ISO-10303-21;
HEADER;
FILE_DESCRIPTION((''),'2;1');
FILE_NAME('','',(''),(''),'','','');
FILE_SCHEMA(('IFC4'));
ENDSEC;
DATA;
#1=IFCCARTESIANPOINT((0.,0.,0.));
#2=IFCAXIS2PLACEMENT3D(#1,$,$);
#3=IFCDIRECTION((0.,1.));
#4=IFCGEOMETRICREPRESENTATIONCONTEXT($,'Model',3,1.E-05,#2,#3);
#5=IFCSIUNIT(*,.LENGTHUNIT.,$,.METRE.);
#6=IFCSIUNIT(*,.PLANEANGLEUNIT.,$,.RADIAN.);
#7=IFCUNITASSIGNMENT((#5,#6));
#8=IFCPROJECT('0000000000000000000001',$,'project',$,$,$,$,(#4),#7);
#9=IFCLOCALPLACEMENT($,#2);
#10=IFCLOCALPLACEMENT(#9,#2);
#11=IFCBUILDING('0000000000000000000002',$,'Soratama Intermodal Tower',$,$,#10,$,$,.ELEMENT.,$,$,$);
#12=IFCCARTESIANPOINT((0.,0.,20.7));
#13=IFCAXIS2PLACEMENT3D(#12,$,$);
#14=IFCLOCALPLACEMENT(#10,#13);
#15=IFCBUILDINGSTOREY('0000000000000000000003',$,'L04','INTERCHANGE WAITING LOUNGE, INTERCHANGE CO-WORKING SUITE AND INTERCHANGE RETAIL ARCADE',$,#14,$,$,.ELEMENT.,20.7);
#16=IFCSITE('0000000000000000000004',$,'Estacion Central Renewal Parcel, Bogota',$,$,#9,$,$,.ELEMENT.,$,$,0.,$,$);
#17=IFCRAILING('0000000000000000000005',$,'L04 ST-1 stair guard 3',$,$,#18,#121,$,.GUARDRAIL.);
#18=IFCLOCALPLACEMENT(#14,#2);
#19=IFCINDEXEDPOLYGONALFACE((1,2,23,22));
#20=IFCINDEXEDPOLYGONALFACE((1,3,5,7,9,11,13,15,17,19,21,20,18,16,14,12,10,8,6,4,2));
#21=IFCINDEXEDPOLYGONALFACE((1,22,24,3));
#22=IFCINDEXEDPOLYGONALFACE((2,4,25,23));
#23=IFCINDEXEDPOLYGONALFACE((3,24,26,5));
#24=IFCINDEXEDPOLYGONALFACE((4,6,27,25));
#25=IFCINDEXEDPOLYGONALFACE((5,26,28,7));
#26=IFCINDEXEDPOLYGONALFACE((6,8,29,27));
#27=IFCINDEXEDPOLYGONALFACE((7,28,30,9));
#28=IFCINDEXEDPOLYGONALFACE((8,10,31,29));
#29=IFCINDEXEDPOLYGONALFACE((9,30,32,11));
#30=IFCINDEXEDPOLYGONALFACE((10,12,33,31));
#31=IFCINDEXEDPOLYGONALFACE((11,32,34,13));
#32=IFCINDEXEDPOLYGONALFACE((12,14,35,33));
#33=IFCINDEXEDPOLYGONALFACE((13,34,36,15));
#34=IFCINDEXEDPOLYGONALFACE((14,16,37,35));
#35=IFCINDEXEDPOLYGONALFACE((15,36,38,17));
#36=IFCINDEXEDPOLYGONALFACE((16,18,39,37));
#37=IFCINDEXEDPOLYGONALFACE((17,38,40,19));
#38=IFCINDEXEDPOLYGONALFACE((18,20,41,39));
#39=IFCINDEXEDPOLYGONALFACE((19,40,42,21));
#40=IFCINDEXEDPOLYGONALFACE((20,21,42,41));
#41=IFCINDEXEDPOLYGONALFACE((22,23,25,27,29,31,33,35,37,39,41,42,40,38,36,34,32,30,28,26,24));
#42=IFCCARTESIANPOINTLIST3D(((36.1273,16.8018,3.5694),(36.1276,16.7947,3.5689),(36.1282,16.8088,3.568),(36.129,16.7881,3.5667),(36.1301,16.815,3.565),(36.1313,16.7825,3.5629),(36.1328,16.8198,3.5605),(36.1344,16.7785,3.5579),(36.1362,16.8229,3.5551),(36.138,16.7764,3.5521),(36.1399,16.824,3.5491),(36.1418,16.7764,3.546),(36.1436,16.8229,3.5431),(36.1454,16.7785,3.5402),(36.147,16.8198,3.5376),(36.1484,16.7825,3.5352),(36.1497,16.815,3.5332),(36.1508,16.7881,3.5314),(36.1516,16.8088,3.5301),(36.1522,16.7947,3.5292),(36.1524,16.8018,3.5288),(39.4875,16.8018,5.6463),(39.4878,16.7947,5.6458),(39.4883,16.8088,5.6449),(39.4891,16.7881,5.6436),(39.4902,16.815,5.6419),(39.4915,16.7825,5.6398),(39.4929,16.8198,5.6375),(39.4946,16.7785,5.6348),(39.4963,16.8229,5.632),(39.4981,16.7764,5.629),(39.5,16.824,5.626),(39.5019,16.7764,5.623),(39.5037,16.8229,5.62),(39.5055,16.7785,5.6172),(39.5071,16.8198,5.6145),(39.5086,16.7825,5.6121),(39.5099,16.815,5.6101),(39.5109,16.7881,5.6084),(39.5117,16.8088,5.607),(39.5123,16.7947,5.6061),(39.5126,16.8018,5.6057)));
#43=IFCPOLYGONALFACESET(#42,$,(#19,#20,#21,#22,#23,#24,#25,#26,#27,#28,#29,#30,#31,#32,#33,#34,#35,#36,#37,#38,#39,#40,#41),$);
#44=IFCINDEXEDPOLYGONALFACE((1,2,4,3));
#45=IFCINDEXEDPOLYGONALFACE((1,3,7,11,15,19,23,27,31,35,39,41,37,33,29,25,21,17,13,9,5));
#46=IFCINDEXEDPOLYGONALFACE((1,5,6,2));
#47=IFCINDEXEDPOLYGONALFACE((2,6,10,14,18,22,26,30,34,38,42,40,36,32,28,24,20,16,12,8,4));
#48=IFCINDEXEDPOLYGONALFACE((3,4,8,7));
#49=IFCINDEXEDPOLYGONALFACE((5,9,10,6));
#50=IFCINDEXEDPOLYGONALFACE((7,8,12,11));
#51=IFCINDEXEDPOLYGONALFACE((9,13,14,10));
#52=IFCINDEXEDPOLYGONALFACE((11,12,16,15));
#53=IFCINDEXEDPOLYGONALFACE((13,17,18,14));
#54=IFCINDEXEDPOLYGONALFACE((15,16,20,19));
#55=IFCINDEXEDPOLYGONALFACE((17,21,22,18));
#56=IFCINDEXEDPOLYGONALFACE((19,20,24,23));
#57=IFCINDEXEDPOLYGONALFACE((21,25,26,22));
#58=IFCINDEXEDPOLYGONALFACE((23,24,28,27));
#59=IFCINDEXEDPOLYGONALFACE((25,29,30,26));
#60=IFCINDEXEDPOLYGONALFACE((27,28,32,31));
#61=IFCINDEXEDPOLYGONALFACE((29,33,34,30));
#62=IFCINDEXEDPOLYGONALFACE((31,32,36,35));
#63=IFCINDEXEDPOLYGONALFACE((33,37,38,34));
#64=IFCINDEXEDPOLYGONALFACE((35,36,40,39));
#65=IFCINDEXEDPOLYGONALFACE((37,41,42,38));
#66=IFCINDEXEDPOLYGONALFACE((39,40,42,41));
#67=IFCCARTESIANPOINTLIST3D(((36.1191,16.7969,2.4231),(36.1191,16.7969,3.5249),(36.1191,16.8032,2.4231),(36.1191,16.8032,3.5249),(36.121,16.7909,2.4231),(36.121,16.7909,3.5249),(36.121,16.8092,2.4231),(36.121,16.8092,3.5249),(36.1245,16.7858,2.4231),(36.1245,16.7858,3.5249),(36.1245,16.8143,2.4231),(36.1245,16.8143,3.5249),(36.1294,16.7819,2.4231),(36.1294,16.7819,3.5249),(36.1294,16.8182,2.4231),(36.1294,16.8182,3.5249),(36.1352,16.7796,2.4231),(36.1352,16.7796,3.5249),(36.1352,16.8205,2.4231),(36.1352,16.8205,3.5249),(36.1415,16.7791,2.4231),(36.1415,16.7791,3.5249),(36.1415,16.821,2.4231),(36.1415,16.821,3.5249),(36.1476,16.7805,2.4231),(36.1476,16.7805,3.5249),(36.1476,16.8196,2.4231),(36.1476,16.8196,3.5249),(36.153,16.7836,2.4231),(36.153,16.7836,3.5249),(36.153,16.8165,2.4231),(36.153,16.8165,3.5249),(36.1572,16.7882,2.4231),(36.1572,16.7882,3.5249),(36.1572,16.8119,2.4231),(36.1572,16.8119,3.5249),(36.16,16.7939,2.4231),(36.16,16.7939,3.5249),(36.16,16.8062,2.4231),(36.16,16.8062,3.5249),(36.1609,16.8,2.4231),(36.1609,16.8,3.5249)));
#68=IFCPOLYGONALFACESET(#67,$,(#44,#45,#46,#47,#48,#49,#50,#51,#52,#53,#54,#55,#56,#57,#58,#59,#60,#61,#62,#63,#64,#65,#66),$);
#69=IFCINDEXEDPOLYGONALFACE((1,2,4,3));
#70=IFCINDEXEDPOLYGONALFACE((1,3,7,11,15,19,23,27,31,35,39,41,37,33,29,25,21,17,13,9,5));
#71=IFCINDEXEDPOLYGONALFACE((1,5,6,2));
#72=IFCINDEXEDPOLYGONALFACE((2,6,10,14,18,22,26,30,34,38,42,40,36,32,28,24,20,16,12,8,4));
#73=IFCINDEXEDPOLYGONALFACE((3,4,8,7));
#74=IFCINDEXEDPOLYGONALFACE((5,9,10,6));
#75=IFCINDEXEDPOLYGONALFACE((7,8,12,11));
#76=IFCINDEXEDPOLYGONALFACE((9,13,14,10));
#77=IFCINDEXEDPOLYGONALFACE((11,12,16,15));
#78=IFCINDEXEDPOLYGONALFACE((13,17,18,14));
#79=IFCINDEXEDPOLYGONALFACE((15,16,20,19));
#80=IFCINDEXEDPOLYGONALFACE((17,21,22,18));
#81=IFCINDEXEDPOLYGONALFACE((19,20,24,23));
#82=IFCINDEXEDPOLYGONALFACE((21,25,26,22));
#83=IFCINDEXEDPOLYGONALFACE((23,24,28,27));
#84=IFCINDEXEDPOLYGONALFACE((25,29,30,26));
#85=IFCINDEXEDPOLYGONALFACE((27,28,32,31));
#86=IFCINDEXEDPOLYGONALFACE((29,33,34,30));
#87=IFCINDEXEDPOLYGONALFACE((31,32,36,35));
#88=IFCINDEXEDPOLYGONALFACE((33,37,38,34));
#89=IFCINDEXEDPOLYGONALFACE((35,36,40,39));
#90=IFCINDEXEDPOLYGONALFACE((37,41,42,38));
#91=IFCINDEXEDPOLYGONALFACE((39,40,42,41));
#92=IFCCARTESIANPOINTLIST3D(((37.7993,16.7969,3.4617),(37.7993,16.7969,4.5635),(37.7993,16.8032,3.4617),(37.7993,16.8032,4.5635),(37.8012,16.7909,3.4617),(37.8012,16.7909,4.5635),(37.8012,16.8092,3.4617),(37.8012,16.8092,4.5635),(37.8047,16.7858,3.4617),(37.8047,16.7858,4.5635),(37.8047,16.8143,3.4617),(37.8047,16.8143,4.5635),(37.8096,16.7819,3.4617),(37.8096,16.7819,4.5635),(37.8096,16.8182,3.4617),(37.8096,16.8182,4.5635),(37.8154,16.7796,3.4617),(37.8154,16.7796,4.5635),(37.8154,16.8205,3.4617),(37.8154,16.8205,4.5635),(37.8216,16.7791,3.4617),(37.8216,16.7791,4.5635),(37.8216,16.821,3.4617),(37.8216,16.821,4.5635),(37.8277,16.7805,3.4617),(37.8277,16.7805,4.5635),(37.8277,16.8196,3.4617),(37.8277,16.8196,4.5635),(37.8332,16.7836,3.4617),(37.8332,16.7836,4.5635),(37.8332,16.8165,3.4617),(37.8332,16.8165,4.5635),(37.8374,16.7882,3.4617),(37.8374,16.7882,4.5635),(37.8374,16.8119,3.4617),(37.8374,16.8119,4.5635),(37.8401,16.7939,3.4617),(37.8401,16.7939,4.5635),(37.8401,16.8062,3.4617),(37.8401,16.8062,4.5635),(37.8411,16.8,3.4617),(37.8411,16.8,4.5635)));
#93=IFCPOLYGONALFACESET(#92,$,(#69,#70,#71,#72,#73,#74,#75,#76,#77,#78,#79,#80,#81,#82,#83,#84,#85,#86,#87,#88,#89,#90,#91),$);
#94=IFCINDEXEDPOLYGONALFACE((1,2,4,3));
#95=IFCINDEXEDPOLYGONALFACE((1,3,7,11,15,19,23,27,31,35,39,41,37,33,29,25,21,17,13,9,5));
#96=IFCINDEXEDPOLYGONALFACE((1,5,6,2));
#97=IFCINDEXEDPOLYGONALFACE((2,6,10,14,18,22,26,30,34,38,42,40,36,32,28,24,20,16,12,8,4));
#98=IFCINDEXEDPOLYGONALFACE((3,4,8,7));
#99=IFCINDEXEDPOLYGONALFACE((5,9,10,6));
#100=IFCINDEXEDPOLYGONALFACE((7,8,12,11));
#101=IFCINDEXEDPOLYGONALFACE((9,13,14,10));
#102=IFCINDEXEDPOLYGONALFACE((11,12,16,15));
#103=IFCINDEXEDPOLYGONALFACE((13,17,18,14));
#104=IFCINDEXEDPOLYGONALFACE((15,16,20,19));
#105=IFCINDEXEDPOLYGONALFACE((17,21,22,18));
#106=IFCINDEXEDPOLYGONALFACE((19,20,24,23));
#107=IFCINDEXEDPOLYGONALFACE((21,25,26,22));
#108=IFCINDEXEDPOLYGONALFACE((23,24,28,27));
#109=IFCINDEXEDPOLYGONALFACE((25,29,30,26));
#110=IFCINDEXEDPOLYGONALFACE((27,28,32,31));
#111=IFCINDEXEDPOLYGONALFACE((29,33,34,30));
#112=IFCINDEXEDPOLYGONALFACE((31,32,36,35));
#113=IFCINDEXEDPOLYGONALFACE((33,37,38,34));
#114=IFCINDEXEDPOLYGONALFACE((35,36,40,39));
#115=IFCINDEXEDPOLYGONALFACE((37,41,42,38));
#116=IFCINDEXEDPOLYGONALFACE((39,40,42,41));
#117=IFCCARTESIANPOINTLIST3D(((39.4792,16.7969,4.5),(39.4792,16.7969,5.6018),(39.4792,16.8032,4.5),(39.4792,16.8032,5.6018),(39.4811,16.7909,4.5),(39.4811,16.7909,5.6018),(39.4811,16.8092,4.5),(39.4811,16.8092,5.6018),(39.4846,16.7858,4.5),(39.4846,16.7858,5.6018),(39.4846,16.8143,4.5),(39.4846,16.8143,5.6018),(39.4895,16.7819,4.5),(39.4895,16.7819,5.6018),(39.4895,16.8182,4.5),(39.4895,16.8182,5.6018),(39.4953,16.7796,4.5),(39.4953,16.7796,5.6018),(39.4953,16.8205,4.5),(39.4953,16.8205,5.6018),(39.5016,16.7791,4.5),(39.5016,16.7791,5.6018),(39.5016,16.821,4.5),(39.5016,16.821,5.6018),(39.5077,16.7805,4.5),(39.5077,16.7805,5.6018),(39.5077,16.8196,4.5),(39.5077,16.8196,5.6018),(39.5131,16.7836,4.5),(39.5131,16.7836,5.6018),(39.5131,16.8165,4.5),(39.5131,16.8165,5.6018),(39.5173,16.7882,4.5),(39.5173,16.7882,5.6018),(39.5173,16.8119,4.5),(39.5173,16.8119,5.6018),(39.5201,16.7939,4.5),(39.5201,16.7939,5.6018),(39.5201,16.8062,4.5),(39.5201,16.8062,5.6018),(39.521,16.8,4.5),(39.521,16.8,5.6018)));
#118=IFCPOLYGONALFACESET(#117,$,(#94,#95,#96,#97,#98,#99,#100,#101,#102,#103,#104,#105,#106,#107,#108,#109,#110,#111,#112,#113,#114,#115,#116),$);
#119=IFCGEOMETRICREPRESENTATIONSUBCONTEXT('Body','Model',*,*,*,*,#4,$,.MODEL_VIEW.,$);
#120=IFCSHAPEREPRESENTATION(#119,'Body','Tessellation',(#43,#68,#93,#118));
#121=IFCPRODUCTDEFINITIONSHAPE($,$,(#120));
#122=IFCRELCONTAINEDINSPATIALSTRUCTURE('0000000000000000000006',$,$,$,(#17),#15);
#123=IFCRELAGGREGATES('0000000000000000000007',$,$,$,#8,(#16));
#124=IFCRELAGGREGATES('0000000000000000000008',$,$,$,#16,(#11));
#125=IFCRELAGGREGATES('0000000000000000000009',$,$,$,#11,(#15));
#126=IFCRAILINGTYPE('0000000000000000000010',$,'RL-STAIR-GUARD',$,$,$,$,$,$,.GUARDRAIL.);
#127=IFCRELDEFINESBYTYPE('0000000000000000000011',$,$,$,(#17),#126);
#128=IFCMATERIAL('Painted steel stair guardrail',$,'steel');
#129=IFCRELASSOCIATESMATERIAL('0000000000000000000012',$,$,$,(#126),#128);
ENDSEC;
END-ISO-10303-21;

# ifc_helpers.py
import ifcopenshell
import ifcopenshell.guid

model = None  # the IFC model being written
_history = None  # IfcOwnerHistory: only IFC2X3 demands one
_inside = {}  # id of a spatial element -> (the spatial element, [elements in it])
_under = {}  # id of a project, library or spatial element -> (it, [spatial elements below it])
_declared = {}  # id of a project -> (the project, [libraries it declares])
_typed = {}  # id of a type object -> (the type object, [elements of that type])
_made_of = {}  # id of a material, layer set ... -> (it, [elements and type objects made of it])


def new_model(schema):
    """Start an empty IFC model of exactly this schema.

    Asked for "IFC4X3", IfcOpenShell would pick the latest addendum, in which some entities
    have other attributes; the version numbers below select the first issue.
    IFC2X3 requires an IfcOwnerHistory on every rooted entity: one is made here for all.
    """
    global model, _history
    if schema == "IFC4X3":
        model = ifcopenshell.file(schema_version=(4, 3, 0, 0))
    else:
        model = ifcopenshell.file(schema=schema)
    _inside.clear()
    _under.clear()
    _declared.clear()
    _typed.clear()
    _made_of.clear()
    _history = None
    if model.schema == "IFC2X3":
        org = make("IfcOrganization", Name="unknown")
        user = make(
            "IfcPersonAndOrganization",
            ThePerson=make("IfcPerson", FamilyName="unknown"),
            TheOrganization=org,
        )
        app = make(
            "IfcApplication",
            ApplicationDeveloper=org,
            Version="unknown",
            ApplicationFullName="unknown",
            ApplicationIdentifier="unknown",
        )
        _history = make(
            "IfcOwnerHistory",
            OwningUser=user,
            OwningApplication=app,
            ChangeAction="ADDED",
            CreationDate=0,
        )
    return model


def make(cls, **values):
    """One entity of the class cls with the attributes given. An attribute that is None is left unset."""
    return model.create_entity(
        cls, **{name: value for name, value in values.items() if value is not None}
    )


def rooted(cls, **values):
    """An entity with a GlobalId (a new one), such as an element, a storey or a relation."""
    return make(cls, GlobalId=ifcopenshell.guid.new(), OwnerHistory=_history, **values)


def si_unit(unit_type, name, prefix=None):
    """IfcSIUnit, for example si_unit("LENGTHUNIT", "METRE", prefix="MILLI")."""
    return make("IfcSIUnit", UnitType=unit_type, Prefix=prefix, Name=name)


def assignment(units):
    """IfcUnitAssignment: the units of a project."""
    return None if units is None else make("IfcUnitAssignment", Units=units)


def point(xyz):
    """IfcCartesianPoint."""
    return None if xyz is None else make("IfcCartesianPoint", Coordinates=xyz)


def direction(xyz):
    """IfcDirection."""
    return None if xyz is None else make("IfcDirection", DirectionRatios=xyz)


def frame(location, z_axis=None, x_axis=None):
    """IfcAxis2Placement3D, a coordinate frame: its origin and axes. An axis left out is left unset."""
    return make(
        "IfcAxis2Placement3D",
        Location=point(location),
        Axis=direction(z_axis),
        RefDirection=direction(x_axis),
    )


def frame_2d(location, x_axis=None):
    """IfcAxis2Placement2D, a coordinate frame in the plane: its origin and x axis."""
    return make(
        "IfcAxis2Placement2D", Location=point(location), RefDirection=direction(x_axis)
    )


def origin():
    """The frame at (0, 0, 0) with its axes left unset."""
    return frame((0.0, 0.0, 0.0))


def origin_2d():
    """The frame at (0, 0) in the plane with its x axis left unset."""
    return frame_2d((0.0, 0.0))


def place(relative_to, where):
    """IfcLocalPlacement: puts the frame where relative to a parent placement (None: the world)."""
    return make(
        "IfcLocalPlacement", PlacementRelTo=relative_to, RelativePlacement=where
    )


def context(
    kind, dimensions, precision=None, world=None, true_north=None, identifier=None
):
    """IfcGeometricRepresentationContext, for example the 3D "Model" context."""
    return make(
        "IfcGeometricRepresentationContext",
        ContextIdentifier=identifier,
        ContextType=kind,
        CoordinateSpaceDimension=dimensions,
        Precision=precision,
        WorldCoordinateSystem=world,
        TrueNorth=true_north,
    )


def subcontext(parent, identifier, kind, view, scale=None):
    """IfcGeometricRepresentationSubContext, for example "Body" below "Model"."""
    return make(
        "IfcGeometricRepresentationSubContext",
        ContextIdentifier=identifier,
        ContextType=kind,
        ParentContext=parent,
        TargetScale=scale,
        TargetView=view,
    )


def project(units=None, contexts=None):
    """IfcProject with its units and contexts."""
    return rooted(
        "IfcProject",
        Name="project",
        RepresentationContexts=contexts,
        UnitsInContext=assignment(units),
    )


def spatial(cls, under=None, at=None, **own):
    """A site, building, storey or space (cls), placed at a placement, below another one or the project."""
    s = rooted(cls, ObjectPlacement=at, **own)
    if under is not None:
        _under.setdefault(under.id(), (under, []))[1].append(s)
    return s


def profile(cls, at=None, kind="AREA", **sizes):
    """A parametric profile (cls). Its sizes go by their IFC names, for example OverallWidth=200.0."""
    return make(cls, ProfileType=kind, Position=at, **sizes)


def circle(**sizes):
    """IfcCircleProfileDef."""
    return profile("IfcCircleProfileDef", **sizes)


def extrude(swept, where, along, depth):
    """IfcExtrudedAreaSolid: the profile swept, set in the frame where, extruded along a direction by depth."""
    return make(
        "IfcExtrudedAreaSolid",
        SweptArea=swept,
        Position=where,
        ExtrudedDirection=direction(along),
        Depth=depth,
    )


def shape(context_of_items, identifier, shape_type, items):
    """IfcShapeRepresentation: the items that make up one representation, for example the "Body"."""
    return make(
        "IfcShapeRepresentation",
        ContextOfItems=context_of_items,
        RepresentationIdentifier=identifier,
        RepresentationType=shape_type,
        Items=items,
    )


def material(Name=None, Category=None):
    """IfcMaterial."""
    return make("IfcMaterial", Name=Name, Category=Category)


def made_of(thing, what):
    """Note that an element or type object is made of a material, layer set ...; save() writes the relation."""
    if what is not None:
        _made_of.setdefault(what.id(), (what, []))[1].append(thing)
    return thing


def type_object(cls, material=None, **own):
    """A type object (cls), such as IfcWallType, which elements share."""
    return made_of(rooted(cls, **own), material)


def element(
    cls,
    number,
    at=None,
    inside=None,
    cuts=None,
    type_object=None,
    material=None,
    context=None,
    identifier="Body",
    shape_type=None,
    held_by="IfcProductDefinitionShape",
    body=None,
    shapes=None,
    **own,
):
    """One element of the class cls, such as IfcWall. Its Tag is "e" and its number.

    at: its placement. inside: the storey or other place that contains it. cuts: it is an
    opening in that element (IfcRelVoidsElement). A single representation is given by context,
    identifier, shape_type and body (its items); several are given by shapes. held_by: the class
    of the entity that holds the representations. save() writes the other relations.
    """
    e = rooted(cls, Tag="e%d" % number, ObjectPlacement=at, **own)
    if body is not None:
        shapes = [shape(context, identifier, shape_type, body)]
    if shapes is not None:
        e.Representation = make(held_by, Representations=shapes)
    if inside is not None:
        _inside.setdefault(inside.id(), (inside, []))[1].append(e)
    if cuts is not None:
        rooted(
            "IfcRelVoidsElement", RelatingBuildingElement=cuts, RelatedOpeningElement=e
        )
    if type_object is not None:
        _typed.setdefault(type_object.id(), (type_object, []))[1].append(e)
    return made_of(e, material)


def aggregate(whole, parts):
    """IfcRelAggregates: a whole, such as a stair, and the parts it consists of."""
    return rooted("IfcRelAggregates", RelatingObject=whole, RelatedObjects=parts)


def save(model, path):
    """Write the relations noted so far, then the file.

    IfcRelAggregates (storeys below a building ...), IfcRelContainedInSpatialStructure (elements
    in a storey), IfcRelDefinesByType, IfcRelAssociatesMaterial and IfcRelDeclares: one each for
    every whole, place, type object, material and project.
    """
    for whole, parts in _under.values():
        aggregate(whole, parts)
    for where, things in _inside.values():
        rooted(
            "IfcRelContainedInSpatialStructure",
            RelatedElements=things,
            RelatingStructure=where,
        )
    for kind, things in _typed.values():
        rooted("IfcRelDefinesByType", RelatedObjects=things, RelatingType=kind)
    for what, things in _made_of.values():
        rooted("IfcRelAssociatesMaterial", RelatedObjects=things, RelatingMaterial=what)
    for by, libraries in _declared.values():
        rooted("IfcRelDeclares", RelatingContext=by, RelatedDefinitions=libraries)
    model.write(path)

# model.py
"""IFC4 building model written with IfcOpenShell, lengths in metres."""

from ifc_helpers import new_model, si_unit, direction, frame, origin, origin_2d, place, context, subcontext, project, spatial, circle, extrude, material, type_object, element, save


model = new_model("IFC4")

# Units and contexts
model_context = context("Model", 3, precision=1e-05, world=origin(), true_north=direction((0.0, 1.0)))
body_context = subcontext(model_context, "Body", "Model", "MODEL_VIEW")
ifc_project = project(units=[si_unit("LENGTHUNIT", "METRE"), si_unit("PLANEANGLEUNIT", "RADIAN")], contexts=[model_context])

# Site, building, storey
site_placement = place(None, origin())
site = spatial("IfcSite", under=ifc_project, at=site_placement, Name="Estacion Central Renewal Parcel, Bogota", CompositionType="ELEMENT", RefElevation=0.0)
building_placement = place(site_placement, origin())
building = spatial("IfcBuilding", under=site, at=building_placement, Name="Soratama Intermodal Tower", CompositionType="ELEMENT")
storey_placement = place(building_placement, frame((0.0, 0.0, 20.7)))
storey = spatial("IfcBuildingStorey", under=building, at=storey_placement, Name="L04", Description="INTERCHANGE WAITING LOUNGE, INTERCHANGE CO-WORKING SUITE AND INTERCHANGE RETAIL ARCADE", CompositionType="ELEMENT", Elevation=20.7)

# Railing
ifc_material_1 = material(Name="Painted steel stair guardrail", Category="steel")
railing_type_1 = type_object("IfcRailingType", Name="RL-STAIR-GUARD", PredefinedType="GUARDRAIL", material=ifc_material_1)
railing_1_placement = place(storey_placement, frame((36.1399, 16.8, 2.4231)))
element("IfcRailing", 1, at=railing_1_placement, inside=storey, type_object=railing_type_1, Name="L04 ST-1 stair guard 3", PredefinedType="GUARDRAIL", context=body_context, shape_type="SweptSolid", body=[
    extrude(circle(Radius=0.0239, at=origin_2d()), frame((0.0, 0.0, 1.126), z_axis=(0.850623, 0.0, 0.525776), x_axis=(0.0, 1.0, 0.0)), (0.0, 0.0, 1.0), 3.9502),
    extrude(circle(Radius=0.021, at=origin_2d()), origin(), (0.0, 0.0, 1.0), 1.1018),
    extrude(circle(Radius=0.021, at=origin_2d()), frame((1.6802, 0.0, 1.0386)), (0.0, 0.0, 1.0), 1.1018),
    extrude(circle(Radius=0.021, at=origin_2d()), frame((3.3601, 0.0, 2.0769)), (0.0, 0.0, 1.0), 1.1018),
])

save(model, "model.ifc")
